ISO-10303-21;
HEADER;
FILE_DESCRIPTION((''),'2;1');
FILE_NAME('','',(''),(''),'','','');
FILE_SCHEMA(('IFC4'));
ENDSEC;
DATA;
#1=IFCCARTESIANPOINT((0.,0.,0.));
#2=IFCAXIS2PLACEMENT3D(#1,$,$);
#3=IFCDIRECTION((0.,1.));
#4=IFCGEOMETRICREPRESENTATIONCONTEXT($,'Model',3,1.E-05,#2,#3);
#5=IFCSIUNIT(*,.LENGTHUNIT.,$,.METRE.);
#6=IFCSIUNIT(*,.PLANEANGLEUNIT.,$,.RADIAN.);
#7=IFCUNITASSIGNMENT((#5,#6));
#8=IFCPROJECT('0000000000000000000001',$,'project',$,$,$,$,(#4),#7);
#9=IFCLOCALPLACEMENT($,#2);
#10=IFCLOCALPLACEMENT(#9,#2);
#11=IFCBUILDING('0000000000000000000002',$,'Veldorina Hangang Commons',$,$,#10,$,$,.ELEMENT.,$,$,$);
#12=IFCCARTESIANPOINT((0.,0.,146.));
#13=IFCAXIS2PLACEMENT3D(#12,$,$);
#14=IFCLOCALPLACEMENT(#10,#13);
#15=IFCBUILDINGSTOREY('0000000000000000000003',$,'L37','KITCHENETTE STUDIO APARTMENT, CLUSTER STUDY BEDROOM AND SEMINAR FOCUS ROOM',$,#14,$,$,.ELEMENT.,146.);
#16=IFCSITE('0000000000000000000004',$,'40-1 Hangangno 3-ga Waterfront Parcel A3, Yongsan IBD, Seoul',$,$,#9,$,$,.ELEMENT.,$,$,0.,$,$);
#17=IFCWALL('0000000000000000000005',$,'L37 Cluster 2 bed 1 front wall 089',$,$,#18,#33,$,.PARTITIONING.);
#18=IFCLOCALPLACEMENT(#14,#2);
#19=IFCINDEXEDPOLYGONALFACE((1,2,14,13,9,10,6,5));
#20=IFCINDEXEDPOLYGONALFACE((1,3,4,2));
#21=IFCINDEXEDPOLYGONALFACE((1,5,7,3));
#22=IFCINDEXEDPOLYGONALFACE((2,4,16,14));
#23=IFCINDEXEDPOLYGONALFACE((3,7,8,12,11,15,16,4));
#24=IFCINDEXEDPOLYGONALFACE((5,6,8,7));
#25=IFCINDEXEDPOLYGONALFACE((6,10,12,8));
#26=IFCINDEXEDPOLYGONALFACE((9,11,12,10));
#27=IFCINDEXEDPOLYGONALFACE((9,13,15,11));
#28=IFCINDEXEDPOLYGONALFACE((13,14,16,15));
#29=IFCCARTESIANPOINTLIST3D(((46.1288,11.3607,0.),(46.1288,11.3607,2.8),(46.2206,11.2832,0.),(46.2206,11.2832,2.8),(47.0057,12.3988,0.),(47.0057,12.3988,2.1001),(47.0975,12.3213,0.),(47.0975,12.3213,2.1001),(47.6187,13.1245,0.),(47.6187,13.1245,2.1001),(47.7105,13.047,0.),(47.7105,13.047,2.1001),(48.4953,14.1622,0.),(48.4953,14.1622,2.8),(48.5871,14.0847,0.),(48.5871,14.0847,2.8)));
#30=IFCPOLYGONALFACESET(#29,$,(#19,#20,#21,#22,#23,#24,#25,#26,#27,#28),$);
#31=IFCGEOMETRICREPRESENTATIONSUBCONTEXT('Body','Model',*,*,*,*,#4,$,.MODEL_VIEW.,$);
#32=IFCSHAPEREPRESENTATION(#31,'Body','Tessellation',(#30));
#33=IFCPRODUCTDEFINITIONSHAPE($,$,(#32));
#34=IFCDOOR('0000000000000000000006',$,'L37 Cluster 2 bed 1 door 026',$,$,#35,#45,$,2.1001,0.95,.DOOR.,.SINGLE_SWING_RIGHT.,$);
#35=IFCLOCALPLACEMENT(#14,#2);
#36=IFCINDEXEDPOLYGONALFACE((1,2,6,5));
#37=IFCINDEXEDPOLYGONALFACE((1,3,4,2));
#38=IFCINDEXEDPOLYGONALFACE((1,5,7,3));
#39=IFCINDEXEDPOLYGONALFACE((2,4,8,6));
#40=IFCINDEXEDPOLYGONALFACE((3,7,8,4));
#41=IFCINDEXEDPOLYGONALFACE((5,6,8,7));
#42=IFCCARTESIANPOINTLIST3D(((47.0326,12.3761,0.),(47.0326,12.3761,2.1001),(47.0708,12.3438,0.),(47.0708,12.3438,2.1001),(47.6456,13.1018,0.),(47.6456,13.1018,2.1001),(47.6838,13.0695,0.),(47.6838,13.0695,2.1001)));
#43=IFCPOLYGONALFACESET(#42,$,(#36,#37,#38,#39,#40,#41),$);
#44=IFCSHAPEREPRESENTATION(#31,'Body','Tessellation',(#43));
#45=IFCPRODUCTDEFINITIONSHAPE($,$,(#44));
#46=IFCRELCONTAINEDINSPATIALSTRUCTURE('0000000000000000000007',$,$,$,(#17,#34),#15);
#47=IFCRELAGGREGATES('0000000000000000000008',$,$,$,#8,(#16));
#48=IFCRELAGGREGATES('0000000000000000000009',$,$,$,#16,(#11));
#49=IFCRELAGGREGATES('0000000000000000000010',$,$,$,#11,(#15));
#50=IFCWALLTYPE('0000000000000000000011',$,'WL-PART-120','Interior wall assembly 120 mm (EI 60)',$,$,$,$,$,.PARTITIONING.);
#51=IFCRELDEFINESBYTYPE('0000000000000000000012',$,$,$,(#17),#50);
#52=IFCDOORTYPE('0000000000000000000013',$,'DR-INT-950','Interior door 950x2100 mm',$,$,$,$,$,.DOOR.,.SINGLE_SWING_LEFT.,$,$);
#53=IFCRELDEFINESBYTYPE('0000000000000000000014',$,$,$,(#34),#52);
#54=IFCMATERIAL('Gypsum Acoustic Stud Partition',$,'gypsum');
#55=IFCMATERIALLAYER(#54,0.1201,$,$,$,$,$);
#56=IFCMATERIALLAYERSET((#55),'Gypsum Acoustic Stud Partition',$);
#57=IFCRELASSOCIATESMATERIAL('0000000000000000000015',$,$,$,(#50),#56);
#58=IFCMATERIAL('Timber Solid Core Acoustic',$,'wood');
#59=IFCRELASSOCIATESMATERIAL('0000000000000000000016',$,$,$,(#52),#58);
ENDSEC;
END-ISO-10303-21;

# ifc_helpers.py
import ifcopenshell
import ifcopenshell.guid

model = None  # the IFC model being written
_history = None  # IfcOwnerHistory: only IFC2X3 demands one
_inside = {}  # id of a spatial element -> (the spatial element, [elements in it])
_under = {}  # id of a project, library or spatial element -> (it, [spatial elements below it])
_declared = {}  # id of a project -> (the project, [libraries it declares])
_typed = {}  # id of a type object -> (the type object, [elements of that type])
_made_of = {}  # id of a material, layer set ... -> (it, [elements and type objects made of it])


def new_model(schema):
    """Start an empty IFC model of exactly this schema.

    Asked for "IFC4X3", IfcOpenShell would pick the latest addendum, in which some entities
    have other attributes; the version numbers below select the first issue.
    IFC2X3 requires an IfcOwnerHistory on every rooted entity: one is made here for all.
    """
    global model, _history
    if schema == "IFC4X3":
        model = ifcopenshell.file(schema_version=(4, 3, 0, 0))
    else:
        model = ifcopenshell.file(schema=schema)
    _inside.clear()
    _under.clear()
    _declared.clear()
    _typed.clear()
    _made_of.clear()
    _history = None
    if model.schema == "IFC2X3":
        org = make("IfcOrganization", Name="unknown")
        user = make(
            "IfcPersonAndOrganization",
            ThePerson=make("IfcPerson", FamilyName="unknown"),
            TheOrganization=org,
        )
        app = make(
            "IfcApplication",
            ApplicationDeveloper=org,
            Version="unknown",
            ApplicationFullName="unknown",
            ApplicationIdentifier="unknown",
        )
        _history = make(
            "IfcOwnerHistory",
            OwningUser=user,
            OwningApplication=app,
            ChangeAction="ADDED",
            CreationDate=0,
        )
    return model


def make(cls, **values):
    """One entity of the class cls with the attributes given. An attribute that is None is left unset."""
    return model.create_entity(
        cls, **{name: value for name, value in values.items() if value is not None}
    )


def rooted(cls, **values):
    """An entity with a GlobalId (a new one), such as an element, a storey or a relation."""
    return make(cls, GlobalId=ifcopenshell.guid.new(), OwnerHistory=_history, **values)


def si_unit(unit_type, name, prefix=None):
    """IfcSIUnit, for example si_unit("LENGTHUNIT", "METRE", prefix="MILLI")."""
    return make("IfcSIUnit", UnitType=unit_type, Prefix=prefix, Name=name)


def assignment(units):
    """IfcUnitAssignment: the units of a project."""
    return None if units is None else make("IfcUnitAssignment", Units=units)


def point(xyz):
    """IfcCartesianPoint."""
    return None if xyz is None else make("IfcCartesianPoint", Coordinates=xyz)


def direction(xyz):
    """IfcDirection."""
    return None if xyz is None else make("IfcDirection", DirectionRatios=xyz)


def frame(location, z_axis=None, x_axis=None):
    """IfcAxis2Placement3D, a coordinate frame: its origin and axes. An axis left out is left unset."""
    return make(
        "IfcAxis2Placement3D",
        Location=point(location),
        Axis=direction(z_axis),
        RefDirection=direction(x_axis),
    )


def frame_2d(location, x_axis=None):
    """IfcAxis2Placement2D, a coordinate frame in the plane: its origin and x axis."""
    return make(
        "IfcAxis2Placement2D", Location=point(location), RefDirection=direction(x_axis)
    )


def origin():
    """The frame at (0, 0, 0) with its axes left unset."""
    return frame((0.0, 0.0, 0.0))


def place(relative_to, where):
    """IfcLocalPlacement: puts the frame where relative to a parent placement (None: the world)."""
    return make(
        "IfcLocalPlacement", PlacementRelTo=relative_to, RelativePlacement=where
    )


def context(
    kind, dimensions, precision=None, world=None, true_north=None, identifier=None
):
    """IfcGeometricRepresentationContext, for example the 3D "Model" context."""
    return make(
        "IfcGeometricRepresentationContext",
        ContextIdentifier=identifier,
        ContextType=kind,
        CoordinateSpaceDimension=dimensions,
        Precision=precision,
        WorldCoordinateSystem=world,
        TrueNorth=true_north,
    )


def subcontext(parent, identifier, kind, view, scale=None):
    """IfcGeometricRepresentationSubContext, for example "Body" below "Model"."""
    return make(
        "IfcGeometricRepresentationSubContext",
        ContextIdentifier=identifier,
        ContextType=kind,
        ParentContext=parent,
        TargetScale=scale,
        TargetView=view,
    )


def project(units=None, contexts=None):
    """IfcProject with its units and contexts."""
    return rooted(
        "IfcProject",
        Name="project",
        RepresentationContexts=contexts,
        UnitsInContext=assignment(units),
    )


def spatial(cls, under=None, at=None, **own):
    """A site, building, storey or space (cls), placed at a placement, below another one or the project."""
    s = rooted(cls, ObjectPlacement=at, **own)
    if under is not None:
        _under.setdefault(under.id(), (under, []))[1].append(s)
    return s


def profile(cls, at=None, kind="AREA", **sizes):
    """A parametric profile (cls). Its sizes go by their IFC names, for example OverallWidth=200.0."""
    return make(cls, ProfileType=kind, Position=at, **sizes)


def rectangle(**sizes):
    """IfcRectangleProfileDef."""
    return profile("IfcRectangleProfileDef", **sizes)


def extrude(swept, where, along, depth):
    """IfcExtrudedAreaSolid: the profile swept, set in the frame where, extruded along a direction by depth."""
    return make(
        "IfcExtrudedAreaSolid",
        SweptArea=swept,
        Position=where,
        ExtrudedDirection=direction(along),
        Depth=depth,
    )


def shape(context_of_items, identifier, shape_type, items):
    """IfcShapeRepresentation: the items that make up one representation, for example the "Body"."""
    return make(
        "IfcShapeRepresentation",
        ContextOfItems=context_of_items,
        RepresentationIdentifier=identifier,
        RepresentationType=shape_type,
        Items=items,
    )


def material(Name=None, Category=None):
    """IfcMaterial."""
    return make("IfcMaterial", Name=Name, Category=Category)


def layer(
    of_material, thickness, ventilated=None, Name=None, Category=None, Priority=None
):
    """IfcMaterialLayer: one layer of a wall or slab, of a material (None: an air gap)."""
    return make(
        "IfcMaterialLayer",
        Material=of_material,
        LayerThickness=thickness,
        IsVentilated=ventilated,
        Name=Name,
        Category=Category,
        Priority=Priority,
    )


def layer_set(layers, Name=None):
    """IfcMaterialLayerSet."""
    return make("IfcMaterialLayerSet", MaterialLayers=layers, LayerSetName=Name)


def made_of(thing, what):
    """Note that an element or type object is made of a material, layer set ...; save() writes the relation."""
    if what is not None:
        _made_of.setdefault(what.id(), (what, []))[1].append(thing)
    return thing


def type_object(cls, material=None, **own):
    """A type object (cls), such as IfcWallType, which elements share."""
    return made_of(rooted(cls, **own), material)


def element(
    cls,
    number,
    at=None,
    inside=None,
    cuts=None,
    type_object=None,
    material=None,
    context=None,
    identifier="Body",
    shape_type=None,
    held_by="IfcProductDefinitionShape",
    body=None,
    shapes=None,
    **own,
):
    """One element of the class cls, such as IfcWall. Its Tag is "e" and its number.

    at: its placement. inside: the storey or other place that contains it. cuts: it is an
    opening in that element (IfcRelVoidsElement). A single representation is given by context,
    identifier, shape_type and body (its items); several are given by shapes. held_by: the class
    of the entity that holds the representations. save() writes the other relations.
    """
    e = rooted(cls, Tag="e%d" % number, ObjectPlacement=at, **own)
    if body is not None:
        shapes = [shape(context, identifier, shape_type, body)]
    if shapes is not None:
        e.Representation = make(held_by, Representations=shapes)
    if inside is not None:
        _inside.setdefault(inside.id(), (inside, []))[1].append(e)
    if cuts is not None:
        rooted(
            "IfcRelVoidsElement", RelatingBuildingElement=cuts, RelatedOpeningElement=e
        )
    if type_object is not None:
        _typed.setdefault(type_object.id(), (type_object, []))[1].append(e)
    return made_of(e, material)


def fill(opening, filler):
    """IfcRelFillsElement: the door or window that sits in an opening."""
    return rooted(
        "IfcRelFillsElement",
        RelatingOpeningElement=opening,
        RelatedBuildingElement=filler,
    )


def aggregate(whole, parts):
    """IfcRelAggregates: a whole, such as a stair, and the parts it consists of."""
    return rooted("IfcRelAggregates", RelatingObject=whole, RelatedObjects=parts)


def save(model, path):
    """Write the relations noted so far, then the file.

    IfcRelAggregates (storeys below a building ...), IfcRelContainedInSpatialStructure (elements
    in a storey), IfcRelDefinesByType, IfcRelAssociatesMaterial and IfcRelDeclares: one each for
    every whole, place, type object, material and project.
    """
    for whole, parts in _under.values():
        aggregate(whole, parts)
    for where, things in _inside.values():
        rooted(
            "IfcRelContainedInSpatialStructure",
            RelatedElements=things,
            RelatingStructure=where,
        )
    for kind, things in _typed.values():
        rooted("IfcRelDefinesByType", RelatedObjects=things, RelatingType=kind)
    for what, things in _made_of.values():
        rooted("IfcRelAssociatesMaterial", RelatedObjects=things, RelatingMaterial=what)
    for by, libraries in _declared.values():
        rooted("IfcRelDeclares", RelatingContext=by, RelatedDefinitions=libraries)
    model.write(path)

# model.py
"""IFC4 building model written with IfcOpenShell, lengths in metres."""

from ifc_helpers import new_model, si_unit, direction, frame, frame_2d, origin, place, context, subcontext, project, spatial, rectangle, extrude, material, layer, layer_set, type_object, element, fill, save


model = new_model("IFC4")

# Units and contexts
model_context = context("Model", 3, precision=1e-05, world=origin(), true_north=direction((0.0, 1.0)))
body_context = subcontext(model_context, "Body", "Model", "MODEL_VIEW")
ifc_project = project(units=[si_unit("LENGTHUNIT", "METRE"), si_unit("PLANEANGLEUNIT", "RADIAN")], contexts=[model_context])

# Site, building, storey
site_placement = place(None, origin())
site = spatial("IfcSite", under=ifc_project, at=site_placement, Name="40-1 Hangangno 3-ga Waterfront Parcel A3, Yongsan IBD, Seoul", CompositionType="ELEMENT", RefElevation=0.0)
building_placement = place(site_placement, origin())
building = spatial("IfcBuilding", under=site, at=building_placement, Name="Veldorina Hangang Commons", CompositionType="ELEMENT")
storey_placement = place(building_placement, frame((0.0, 0.0, 146.0)))
storey = spatial("IfcBuildingStorey", under=building, at=storey_placement, Name="L37", Description="KITCHENETTE STUDIO APARTMENT, CLUSTER STUDY BEDROOM AND SEMINAR FOCUS ROOM", CompositionType="ELEMENT", Elevation=146.0)

# Wall, opening, door
ifc_material_1 = material(Name="Gypsum Acoustic Stud Partition", Category="gypsum")
ifc_layer_1 = layer(ifc_material_1, 0.1201)
ifc_layer_set_1 = layer_set([ifc_layer_1], Name="Gypsum Acoustic Stud Partition")
wall_type = type_object("IfcWallType", Name="WL-PART-120", Description="Interior wall assembly 120 mm (EI 60)", PredefinedType="PARTITIONING", material=ifc_layer_set_1)
wall_placement = place(storey_placement, frame((46.1748, 11.322, 0.0), z_axis=(0.0, 0.0, 1.0), x_axis=(0.645297, 0.763931, 0.0)))
wall = element("IfcWall", 1, at=wall_placement, inside=storey, type_object=wall_type, Name="L37 Cluster 2 bed 1 front wall 089", PredefinedType="PARTITIONING", context=body_context, shape_type="SweptSolid", body=[
    extrude(rectangle(XDim=3.6672, YDim=0.1201, at=frame_2d((1.8335, 0.0))), origin(), (0.0, 0.0, 1.0), 2.8),
])
opening_placement = place(wall_placement, frame((1.3586, 0.0, 0.0)))
opening = element("IfcOpeningElement", 2, at=opening_placement, cuts=wall, PredefinedType="OPENING", context=body_context, shape_type="SweptSolid", body=[
    extrude(rectangle(XDim=0.95, YDim=2.1001, at=frame_2d((0.4751, 1.05))), frame((0.0, 0.0701, 0.0), z_axis=(0.0, -1.0, 0.0), x_axis=(1.0, 0.0, 0.0)), (0.0, 0.0, 1.0), 0.1401),
])
ifc_material_2 = material(Name="Timber Solid Core Acoustic", Category="wood")
door_type = type_object("IfcDoorType", Name="DR-INT-950", Description="Interior door 950x2100 mm", OperationType="SINGLE_SWING_LEFT", PredefinedType="DOOR", material=ifc_material_2)
door_placement = place(opening_placement, origin())
door = element("IfcDoor", 3, at=door_placement, inside=storey, type_object=door_type, Name="L37 Cluster 2 bed 1 door 026", OperationType="SINGLE_SWING_RIGHT", OverallHeight=2.1001, OverallWidth=0.95, PredefinedType="DOOR", context=body_context, shape_type="SweptSolid", body=[
    extrude(rectangle(XDim=0.95, YDim=2.1001, at=frame_2d((0.4751, 1.05))), frame((0.0, 0.0249, 0.0), z_axis=(0.0, -1.0, 0.0), x_axis=(1.0, 0.0, 0.0)), (0.0, 0.0, 1.0), 0.05),
])
fill(opening, door)

save(model, "model.ifc")
